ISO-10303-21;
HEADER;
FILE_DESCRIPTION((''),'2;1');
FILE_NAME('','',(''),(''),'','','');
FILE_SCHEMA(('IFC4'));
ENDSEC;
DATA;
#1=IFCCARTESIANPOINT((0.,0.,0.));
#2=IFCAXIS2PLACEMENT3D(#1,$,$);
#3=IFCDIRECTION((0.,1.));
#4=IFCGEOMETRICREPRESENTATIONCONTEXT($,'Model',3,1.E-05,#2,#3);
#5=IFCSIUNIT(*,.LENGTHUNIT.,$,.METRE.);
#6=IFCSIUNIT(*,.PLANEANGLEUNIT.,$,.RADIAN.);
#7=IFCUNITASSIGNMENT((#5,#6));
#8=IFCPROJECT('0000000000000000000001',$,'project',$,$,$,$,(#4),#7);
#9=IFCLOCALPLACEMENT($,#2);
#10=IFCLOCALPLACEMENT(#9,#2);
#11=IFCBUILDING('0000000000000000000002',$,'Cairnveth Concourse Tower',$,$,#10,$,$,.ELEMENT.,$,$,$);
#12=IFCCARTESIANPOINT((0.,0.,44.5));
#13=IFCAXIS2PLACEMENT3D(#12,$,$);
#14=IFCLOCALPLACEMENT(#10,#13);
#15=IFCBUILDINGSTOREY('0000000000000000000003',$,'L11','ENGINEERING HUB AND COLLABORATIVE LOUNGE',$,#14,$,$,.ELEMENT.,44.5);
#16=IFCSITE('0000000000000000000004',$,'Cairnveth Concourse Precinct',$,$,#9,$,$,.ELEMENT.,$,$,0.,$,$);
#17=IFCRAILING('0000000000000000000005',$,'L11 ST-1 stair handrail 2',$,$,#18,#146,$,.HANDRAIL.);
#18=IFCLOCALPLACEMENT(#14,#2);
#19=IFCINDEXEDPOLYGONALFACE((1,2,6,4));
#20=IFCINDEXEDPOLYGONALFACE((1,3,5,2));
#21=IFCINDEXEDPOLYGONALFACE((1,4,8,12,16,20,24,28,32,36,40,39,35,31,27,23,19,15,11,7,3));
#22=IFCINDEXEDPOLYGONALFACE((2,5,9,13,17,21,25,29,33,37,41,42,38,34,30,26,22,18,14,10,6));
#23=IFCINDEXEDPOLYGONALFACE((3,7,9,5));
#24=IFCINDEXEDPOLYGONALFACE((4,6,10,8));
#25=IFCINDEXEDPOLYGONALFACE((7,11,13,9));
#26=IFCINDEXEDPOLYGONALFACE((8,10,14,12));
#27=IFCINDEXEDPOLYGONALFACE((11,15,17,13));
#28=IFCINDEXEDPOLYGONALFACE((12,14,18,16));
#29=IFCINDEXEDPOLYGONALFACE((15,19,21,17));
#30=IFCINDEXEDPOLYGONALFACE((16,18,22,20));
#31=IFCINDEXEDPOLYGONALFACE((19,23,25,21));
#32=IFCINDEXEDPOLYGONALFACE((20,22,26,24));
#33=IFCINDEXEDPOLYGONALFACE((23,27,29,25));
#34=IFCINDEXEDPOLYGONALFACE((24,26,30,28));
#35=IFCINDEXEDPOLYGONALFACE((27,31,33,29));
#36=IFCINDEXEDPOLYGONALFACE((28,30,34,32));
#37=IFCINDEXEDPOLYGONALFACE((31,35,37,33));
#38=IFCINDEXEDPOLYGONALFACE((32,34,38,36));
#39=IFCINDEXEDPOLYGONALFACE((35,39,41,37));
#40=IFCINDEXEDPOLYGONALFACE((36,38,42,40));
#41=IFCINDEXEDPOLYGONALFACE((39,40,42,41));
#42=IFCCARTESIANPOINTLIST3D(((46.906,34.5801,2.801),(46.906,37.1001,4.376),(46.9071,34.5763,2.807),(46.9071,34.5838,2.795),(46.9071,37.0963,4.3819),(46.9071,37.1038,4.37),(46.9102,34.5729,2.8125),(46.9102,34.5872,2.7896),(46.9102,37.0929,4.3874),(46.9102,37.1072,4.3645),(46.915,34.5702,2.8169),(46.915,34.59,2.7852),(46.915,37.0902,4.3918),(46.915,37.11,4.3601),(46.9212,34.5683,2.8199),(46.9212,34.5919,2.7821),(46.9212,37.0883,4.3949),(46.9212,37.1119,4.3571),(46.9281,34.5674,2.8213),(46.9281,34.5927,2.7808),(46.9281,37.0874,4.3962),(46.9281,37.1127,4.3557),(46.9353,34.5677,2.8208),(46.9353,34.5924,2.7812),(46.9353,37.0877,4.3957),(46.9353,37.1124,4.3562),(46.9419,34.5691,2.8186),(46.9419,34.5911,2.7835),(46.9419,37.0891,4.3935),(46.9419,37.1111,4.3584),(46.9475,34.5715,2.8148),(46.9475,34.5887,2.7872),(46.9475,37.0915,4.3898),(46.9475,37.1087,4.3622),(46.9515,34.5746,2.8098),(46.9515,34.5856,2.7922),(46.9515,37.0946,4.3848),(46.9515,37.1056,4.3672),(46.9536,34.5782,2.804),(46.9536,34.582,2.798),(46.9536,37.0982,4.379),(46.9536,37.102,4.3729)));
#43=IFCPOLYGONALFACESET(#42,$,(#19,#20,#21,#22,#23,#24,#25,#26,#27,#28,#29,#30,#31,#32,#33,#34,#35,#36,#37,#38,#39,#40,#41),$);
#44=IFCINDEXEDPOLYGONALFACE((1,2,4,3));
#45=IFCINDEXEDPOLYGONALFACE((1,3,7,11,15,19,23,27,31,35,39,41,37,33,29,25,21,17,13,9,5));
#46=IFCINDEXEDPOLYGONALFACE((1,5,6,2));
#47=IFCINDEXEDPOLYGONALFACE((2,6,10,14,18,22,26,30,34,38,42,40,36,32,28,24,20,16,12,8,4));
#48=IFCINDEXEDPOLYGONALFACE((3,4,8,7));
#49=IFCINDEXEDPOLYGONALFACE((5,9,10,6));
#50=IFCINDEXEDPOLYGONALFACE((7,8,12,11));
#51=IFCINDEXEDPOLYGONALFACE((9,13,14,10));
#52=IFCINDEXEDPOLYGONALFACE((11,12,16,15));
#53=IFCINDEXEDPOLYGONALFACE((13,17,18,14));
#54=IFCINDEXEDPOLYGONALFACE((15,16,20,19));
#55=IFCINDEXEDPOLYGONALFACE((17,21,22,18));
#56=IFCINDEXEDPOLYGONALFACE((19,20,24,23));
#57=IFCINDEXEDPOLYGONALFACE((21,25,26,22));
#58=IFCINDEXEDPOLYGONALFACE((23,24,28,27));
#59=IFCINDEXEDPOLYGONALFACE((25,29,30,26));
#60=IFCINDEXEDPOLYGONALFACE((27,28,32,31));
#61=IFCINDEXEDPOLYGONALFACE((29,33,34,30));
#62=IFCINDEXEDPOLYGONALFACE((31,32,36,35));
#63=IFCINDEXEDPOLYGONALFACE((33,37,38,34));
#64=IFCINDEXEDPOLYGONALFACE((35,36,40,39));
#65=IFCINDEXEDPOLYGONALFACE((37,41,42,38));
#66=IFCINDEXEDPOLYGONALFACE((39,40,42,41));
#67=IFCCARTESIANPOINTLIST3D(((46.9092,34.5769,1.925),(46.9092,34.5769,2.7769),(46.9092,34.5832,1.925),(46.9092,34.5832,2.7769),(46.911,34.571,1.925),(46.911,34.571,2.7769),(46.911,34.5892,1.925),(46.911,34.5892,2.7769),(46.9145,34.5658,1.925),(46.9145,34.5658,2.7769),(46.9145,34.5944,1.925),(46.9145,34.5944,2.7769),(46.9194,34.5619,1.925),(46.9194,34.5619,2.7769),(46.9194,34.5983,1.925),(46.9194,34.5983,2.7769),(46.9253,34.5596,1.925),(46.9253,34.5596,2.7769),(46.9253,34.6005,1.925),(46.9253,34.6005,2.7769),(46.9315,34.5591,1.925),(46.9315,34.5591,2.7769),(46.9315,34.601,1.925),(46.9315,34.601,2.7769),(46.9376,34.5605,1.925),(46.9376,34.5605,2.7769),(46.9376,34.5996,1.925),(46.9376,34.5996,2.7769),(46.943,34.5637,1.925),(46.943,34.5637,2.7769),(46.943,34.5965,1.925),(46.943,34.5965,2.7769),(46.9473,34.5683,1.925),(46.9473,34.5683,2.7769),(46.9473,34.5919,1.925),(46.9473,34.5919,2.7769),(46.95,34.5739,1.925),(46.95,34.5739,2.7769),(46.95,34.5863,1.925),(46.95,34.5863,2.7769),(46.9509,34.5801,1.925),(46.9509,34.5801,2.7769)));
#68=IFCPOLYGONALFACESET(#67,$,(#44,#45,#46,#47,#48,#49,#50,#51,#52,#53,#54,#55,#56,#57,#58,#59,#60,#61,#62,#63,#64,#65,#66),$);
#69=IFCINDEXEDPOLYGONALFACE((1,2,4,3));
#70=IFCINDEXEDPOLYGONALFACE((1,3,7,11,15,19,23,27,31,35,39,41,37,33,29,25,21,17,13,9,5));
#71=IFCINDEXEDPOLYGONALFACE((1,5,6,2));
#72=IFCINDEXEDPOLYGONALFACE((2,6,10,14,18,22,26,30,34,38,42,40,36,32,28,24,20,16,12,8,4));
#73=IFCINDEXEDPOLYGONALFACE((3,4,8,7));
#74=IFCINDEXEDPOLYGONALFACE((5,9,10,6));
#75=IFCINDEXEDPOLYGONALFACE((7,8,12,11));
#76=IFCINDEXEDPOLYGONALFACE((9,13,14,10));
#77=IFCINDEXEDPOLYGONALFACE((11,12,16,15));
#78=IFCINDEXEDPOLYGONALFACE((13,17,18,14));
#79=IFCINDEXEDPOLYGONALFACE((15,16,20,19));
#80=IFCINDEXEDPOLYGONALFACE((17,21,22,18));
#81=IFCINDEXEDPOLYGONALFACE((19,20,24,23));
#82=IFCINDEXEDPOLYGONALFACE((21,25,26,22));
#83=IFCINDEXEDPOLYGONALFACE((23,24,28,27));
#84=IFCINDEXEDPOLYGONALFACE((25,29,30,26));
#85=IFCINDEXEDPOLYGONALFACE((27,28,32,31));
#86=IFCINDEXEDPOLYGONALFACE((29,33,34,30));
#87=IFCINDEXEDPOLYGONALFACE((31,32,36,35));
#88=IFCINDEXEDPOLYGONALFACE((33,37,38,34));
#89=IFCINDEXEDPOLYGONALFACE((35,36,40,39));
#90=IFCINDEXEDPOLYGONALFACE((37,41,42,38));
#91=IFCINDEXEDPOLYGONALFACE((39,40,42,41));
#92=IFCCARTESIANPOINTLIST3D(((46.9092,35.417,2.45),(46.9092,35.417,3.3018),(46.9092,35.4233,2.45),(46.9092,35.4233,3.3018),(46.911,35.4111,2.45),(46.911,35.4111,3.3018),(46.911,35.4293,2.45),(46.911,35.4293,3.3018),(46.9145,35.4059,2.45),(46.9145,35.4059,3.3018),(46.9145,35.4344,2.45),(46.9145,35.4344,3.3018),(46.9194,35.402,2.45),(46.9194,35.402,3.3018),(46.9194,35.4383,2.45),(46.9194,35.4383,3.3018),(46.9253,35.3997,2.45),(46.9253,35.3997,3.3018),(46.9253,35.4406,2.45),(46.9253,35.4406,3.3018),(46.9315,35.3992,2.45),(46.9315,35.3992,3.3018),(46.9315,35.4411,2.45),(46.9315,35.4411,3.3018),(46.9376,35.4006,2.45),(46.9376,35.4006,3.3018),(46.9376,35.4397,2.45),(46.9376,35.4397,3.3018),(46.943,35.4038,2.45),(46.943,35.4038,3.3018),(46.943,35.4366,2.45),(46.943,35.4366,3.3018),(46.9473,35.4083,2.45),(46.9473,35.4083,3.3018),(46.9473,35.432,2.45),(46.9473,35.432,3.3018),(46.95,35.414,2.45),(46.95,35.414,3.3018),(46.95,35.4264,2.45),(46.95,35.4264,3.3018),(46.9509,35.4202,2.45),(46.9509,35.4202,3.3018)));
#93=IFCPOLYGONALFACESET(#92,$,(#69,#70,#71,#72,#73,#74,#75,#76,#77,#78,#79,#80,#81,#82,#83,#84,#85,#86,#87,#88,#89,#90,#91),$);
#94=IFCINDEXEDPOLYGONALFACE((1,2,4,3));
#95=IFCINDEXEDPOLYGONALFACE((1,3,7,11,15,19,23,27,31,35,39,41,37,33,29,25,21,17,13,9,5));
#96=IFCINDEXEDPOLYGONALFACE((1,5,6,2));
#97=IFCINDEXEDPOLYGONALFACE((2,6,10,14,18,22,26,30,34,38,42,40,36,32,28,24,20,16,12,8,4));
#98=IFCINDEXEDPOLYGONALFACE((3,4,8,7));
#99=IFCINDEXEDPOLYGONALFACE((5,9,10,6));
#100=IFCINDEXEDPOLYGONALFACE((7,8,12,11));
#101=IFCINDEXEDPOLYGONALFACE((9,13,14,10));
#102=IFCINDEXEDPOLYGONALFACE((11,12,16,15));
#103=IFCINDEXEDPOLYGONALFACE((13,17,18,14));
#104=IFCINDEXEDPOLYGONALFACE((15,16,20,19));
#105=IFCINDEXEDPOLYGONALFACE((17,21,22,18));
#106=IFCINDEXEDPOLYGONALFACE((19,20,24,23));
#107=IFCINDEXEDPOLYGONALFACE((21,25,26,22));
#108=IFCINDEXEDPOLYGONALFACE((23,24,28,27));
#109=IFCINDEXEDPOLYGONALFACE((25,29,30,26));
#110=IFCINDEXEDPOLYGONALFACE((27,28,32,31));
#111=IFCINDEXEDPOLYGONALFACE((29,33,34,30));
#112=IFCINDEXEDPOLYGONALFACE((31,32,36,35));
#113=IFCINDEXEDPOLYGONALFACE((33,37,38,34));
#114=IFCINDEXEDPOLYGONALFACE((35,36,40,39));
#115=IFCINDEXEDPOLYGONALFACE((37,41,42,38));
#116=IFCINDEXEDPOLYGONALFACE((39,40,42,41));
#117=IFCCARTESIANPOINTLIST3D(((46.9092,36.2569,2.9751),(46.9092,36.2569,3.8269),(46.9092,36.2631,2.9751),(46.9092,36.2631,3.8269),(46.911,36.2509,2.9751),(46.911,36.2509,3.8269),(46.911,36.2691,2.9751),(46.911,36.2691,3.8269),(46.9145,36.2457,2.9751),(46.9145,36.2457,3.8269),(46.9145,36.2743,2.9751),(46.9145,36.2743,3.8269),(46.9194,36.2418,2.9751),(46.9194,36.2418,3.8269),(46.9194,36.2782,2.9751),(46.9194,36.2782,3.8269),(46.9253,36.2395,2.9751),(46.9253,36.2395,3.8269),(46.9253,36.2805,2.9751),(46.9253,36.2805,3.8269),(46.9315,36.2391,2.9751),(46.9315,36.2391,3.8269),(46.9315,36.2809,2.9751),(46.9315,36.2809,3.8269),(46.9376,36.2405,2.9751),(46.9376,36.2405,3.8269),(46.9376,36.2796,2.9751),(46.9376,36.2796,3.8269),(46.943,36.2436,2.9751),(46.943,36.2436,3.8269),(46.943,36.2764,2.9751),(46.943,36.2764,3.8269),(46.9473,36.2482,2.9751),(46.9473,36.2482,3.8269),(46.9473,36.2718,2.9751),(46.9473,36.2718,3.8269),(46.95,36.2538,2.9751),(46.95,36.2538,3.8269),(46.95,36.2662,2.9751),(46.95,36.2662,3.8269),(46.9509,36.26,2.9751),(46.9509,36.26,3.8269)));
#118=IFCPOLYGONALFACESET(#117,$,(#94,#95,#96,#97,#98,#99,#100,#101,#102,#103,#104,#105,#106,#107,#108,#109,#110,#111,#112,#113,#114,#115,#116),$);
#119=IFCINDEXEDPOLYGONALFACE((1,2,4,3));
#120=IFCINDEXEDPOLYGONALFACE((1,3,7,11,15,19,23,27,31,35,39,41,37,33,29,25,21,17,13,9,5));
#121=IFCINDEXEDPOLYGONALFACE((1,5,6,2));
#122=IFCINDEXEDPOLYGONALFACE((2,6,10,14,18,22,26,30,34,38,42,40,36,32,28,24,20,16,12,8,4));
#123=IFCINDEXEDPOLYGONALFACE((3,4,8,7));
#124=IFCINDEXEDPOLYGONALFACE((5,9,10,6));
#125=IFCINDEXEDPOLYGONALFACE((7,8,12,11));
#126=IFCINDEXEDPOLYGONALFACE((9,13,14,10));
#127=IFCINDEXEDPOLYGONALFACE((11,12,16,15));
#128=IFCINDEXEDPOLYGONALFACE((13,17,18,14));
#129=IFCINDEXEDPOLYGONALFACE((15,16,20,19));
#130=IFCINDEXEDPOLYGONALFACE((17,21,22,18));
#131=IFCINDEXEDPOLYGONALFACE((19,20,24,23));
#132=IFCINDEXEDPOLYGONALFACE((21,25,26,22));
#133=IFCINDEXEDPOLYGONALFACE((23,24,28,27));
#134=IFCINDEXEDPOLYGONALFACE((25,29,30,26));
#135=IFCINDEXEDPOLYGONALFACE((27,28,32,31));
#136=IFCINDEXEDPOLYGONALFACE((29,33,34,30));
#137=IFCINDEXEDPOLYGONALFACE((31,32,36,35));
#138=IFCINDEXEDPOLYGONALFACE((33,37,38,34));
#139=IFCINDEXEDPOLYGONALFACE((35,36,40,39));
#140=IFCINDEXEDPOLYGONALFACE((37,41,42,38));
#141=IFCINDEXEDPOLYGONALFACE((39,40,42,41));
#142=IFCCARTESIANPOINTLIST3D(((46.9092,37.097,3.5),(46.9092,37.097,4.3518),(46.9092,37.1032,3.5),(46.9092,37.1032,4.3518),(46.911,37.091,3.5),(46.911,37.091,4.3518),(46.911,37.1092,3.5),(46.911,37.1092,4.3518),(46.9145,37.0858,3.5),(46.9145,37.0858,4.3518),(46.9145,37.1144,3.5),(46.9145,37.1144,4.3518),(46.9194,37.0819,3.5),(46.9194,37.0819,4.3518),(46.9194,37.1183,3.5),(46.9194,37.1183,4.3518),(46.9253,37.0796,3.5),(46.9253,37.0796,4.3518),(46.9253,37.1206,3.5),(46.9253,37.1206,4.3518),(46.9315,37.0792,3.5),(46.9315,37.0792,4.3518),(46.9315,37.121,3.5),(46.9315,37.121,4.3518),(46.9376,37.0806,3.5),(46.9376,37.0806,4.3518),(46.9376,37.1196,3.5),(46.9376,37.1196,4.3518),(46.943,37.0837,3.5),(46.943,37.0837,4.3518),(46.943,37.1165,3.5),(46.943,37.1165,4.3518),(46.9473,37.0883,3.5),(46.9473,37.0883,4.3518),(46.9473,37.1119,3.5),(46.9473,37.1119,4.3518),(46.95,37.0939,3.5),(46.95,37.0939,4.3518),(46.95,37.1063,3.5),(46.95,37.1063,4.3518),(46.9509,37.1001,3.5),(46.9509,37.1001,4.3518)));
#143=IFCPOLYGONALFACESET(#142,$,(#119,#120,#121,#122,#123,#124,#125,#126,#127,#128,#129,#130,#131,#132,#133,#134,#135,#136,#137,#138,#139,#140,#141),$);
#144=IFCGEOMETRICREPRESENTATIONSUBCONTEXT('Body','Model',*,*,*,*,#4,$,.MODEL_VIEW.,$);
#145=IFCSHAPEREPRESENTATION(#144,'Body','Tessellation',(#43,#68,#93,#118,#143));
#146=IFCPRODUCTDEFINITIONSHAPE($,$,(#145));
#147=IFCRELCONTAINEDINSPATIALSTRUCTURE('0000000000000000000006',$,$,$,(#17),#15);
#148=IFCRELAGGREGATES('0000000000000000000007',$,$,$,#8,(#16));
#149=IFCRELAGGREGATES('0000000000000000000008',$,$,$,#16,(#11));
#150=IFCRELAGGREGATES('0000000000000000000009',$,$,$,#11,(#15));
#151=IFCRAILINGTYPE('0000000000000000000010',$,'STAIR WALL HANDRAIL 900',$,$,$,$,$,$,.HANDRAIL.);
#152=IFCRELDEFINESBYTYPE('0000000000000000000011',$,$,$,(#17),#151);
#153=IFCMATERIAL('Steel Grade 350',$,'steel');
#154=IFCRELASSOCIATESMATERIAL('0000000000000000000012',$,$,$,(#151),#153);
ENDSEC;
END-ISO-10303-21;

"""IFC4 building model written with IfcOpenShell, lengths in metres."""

from ifc_helpers import new_model, si_unit, direction, frame, origin, origin_2d, place, context, subcontext, project, spatial, circle, extrude, material, type_object, element, save


model = new_model("IFC4")

# Units and contexts
model_context = context("Model", 3, precision=1e-05, world=origin(), true_north=direction((0.0, 1.0)))
body_context = subcontext(model_context, "Body", "Model", "MODEL_VIEW")
ifc_project = project(units=[si_unit("LENGTHUNIT", "METRE"), si_unit("PLANEANGLEUNIT", "RADIAN")], contexts=[model_context])

# Site, building, storey
site_placement = place(None, origin())
site = spatial("IfcSite", under=ifc_project, at=site_placement, Name="Cairnveth Concourse Precinct", CompositionType="ELEMENT", RefElevation=0.0)
building_placement = place(site_placement, origin())
building = spatial("IfcBuilding", under=site, at=building_placement, Name="Cairnveth Concourse Tower", CompositionType="ELEMENT")
storey_placement = place(building_placement, frame((0.0, 0.0, 44.5)))
storey = spatial("IfcBuildingStorey", under=building, at=storey_placement, Name="L11", Description="ENGINEERING HUB AND COLLABORATIVE LOUNGE", CompositionType="ELEMENT", Elevation=44.5)

# Railing
ifc_material_1 = material(Name="Steel Grade 350", Category="steel")
railing_type_1 = type_object("IfcRailingType", Name="STAIR WALL HANDRAIL 900", PredefinedType="HANDRAIL", material=ifc_material_1)
railing_1_placement = place(storey_placement, frame((46.9299, 34.5801, 1.925)))
element("IfcRailing", 1, at=railing_1_placement, inside=storey, type_object=railing_type_1, Name="L11 ST-1 stair handrail 2", PredefinedType="HANDRAIL", context=body_context, shape_type="SweptSolid", body=[
    extrude(circle(Radius=0.0239, at=origin_2d()), frame((0.0, 0.0, 0.876), z_axis=(0.0, 0.848008, 0.529984), x_axis=(-1.0, 0.0, 0.0)), (0.0, 0.0, 1.0), 2.9717),
    extrude(circle(Radius=0.021, at=origin_2d()), origin(), (0.0, 0.0, 1.0), 0.8518),
    extrude(circle(Radius=0.021, at=origin_2d()), frame((0.0, 0.8401, 0.5249)), (0.0, 0.0, 1.0), 0.8518),
    extrude(circle(Radius=0.021, at=origin_2d()), frame((0.0, 1.6799, 1.05)), (0.0, 0.0, 1.0), 0.8518),
    extrude(circle(Radius=0.021, at=origin_2d()), frame((0.0, 2.52, 1.575)), (0.0, 0.0, 1.0), 0.8518),
])

save(model, "model.ifc")
